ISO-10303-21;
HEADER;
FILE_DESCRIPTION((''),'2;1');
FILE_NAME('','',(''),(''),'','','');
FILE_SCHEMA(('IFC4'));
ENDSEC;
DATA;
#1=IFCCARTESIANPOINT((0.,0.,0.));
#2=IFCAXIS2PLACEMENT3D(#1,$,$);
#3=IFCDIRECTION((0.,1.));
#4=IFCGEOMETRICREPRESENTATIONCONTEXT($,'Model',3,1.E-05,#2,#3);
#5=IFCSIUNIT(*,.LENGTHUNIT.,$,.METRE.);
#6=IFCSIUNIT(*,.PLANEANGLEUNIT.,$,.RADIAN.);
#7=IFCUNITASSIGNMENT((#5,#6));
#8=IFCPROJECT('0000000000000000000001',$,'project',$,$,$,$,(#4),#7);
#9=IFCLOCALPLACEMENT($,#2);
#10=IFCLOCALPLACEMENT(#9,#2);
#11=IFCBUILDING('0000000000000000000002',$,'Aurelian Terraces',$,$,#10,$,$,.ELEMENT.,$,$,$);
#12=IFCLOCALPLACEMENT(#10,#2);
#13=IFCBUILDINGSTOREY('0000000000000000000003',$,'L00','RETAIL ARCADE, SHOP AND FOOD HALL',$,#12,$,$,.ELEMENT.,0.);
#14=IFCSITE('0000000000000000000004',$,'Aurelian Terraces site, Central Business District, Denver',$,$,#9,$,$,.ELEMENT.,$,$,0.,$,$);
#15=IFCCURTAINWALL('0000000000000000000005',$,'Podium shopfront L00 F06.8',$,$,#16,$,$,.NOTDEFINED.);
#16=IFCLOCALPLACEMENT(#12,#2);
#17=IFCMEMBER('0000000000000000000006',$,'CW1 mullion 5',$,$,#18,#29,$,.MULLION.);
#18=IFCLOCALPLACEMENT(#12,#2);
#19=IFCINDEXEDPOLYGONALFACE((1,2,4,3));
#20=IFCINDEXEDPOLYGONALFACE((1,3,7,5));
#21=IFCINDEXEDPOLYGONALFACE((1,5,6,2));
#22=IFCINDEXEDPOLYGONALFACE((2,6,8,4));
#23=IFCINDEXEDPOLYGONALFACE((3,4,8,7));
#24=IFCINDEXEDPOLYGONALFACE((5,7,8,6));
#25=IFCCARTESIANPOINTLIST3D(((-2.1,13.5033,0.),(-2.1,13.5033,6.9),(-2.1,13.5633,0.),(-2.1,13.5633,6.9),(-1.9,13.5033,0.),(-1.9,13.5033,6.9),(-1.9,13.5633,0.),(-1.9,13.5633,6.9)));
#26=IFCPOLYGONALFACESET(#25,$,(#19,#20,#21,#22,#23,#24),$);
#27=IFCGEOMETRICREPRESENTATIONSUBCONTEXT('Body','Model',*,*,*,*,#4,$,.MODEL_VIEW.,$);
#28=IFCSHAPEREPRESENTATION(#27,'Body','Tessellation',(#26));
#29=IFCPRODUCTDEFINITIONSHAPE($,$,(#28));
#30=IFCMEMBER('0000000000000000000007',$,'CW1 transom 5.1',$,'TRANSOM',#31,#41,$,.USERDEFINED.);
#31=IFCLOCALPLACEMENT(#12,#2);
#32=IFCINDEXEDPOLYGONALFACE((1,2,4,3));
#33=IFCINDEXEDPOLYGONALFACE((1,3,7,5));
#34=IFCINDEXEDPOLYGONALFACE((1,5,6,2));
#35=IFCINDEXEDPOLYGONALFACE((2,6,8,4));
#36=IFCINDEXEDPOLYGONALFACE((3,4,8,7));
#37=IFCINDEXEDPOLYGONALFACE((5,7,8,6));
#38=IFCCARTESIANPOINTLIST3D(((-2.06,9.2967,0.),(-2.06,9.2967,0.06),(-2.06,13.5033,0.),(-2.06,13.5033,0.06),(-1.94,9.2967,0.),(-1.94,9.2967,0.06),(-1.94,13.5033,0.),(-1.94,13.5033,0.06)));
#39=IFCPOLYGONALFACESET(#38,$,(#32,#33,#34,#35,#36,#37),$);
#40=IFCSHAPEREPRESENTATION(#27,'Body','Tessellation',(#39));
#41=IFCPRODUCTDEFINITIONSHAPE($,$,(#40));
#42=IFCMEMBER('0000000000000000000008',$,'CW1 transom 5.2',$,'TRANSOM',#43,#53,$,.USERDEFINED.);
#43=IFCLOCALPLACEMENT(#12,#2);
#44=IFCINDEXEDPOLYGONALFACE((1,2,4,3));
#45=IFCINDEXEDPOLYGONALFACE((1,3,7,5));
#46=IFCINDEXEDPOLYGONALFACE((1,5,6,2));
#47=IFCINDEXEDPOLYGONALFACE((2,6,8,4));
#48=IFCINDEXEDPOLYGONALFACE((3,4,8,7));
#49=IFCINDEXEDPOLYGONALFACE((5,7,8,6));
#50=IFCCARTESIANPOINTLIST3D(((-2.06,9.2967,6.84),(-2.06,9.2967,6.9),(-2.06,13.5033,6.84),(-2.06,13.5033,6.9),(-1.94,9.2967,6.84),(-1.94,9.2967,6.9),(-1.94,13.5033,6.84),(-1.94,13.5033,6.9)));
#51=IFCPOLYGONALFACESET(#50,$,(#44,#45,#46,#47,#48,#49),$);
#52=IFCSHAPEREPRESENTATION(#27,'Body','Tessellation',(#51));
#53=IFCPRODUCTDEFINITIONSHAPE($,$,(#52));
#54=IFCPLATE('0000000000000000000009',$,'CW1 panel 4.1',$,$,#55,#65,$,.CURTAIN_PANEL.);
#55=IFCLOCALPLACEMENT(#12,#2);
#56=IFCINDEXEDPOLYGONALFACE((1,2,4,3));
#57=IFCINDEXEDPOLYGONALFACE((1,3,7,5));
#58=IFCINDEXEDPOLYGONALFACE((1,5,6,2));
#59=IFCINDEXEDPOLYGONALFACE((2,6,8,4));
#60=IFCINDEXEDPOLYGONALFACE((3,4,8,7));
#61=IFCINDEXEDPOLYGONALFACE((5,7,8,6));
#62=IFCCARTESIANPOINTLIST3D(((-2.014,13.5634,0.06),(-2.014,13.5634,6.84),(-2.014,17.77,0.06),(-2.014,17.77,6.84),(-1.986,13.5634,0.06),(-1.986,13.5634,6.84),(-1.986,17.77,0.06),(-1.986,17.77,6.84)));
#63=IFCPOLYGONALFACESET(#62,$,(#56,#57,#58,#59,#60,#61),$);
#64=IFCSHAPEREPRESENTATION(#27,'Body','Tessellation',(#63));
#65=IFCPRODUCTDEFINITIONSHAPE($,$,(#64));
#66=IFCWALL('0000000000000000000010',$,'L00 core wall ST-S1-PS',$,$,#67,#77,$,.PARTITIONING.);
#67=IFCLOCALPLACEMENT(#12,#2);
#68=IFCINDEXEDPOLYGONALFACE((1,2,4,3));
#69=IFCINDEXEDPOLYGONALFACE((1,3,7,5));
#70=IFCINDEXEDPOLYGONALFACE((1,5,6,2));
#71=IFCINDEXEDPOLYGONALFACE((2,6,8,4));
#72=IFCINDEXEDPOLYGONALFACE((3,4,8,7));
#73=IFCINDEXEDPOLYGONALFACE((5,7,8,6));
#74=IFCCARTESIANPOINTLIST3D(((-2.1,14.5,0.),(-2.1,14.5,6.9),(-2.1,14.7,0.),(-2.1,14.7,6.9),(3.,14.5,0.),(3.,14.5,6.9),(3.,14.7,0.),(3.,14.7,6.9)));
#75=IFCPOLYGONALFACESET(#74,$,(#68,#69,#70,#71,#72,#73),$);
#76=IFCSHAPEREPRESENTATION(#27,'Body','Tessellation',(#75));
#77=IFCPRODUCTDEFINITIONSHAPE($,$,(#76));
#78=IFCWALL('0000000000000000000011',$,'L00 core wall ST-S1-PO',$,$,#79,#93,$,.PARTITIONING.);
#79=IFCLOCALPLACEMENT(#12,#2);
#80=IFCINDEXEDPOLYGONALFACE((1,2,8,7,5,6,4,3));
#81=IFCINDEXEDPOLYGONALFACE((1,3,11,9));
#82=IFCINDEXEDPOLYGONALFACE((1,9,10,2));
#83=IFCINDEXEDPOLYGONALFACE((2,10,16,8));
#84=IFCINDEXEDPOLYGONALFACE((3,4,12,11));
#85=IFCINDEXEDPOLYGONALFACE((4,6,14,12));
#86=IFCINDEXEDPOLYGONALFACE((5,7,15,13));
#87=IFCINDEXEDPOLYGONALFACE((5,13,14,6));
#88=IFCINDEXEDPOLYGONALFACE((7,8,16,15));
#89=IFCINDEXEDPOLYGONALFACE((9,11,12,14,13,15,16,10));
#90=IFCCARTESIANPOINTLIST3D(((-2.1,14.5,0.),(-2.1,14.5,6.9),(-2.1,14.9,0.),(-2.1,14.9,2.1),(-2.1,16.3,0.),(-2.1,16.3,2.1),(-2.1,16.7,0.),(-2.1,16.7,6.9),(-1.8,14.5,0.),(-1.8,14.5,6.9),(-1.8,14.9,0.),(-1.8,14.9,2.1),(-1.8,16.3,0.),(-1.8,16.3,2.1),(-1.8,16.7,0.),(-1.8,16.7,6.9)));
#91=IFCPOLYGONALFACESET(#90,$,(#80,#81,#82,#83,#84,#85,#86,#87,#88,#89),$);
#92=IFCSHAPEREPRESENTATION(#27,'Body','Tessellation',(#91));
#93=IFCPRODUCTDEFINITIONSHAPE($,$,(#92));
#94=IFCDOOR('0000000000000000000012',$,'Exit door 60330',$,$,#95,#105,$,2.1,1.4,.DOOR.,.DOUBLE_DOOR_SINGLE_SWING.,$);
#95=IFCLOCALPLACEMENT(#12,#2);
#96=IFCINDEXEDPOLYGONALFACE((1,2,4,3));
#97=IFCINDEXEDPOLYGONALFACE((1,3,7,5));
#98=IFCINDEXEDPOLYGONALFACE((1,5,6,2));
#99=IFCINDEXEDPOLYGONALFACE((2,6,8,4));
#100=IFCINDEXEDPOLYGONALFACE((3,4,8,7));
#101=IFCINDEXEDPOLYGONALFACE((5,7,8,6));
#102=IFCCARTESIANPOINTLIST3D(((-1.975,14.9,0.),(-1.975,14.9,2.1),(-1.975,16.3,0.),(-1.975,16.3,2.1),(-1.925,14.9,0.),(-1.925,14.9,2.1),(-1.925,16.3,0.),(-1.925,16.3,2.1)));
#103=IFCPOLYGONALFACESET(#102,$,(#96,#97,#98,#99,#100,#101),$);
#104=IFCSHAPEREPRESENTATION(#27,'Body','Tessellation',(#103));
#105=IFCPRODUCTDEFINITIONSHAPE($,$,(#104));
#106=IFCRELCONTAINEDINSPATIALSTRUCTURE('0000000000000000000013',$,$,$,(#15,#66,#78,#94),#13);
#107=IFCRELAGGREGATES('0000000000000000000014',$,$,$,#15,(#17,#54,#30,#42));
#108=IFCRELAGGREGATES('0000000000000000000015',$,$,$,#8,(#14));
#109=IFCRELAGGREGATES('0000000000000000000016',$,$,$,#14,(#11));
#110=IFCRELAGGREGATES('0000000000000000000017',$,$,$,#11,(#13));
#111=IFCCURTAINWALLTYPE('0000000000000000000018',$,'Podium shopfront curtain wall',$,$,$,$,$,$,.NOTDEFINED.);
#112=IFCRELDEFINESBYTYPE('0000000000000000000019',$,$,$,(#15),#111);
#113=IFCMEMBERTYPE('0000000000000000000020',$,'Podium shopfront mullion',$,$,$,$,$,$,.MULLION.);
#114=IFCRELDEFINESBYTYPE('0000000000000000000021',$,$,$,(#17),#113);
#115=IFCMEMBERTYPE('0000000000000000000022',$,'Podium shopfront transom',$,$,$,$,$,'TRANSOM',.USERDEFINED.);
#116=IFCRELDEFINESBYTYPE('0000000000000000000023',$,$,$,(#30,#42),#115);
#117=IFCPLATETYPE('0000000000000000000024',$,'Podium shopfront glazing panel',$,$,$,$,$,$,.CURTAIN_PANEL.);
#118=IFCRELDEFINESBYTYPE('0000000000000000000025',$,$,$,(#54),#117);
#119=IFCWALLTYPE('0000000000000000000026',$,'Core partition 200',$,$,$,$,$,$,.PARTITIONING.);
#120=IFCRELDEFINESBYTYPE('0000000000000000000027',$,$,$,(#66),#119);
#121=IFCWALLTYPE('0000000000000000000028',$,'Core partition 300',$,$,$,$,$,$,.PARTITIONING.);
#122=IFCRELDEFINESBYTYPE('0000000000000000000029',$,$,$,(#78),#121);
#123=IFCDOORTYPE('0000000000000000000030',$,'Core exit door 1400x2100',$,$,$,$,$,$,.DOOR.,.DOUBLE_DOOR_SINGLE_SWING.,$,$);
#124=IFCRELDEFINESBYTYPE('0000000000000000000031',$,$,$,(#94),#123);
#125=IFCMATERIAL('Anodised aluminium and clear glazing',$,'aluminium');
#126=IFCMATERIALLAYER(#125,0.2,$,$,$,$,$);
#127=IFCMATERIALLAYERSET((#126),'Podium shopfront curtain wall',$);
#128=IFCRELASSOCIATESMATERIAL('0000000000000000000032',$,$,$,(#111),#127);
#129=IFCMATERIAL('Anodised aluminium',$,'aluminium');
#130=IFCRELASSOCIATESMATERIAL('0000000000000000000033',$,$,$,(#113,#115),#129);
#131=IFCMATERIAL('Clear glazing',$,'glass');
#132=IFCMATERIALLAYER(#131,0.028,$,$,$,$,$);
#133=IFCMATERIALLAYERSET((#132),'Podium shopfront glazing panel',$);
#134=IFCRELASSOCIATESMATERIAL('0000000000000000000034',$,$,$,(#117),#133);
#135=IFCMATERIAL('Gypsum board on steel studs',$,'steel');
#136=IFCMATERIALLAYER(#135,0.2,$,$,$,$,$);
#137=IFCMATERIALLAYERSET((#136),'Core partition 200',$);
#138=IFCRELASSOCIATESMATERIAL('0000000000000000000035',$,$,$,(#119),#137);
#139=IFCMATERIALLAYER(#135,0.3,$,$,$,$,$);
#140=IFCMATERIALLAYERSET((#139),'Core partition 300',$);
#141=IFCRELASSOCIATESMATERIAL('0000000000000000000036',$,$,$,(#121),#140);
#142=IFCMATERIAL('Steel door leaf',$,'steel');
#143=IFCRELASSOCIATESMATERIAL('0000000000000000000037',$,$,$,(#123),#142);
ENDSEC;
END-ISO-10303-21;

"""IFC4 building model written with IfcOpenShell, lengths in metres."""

from ifc_helpers import new_model, si_unit, direction, frame, frame_2d, origin, origin_2d, place, context, subcontext, project, spatial, rectangle, extrude, source, transform, mapped, material, layer, layer_set, material_profile, profile_set, type_object, element, fill, aggregate, save


model = new_model("IFC4")

# Units and contexts
model_context = context("Model", 3, precision=1e-05, world=origin(), true_north=direction((0.0, 1.0)))
body_context = subcontext(model_context, "Body", "Model", "MODEL_VIEW")
ifc_project = project(units=[si_unit("LENGTHUNIT", "METRE"), si_unit("PLANEANGLEUNIT", "RADIAN")], contexts=[model_context])

# Site, building, storey
site_placement = place(None, origin())
site = spatial("IfcSite", under=ifc_project, at=site_placement, Name="Aurelian Terraces site, Central Business District, Denver", CompositionType="ELEMENT", RefElevation=0.0)
building_placement = place(site_placement, origin())
building = spatial("IfcBuilding", under=site, at=building_placement, Name="Aurelian Terraces", CompositionType="ELEMENT")
storey_placement = place(building_placement, origin())
storey = spatial("IfcBuildingStorey", under=building, at=storey_placement, Name="L00", Description="RETAIL ARCADE, SHOP AND FOOD HALL", CompositionType="ELEMENT", Elevation=0.0)

# Curtain wall, members, plate
ifc_material_1 = material(Name="Anodised aluminium and clear glazing", Category="aluminium")
ifc_layer_1 = layer(ifc_material_1, 0.2)
ifc_layer_set_1 = layer_set([ifc_layer_1], Name="Podium shopfront curtain wall")
curtain_wall_type = type_object("IfcCurtainWallType", Name="Podium shopfront curtain wall", PredefinedType="NOTDEFINED", material=ifc_layer_set_1)
curtain_wall_placement = place(storey_placement, origin())
curtain_wall = element("IfcCurtainWall", 1, at=curtain_wall_placement, inside=storey, type_object=curtain_wall_type, Name="Podium shopfront L00 F06.8", PredefinedType="NOTDEFINED")
ifc_material_2 = material(Name="Anodised aluminium", Category="aluminium")
ifc_material_profile_1 = material_profile(ifc_material_2, rectangle(XDim=0.2, YDim=0.06, at=origin_2d()))
ifc_profile_set_1 = profile_set([ifc_material_profile_1], Name="Anodised aluminium")
member_type_1 = type_object("IfcMemberType", Name="Podium shopfront mullion", PredefinedType="MULLION", material=ifc_profile_set_1)
shared_shape_1 = source(origin(), body_context, "Body", "SweptSolid", [
    extrude(rectangle(XDim=0.2, YDim=0.06, at=origin_2d()), origin(), (0.0, 0.0, 1.0), 6.9),
])
member_1_placement = place(storey_placement, frame((-2.0, 13.5333, 0.0), z_axis=(0.0, 0.0, 1.0), x_axis=(1.0, 0.0, 0.0)))
member_1 = element("IfcMember", 2, at=member_1_placement, type_object=member_type_1, Name="CW1 mullion 5", PredefinedType="MULLION", context=body_context, shape_type="MappedRepresentation", body=[
    mapped(shared_shape_1, transform((0.0, 0.0, 0.0), scale=1.0)),
])
ifc_material_profile_2 = material_profile(ifc_material_2, rectangle(XDim=0.12, YDim=0.06, at=origin_2d()))
ifc_profile_set_2 = profile_set([ifc_material_profile_2], Name="Anodised aluminium")
member_type_2 = type_object("IfcMemberType", Name="Podium shopfront transom", ElementType="TRANSOM", PredefinedType="USERDEFINED", material=ifc_profile_set_2)
shared_shape_2 = source(origin(), body_context, "Body", "SweptSolid", [
    extrude(rectangle(XDim=0.12, YDim=0.06, at=origin_2d()), origin(), (0.0, 0.0, 1.0), 4.2066),
])
member_2_placement = place(storey_placement, frame((-2.0, 13.5033, 0.03), z_axis=(0.0, -1.0, 0.0), x_axis=(1.0, 0.0, 0.0)))
member_2 = element("IfcMember", 3, at=member_2_placement, type_object=member_type_2, Name="CW1 transom 5.1", ObjectType="TRANSOM", PredefinedType="USERDEFINED", context=body_context, shape_type="MappedRepresentation", body=[
    mapped(shared_shape_2, transform((0.0, 0.0, 0.0), scale=1.0)),
])
member_3_placement = place(storey_placement, frame((-2.0, 13.5033, 6.87), z_axis=(0.0, -1.0, 0.0), x_axis=(1.0, 0.0, 0.0)))
member_3 = element("IfcMember", 4, at=member_3_placement, type_object=member_type_2, Name="CW1 transom 5.2", ObjectType="TRANSOM", PredefinedType="USERDEFINED", context=body_context, shape_type="MappedRepresentation", body=[
    mapped(shared_shape_2, transform((0.0, 0.0, 0.0), scale=1.0)),
])
ifc_material_3 = material(Name="Clear glazing", Category="glass")
ifc_layer_2 = layer(ifc_material_3, 0.028)
ifc_layer_set_2 = layer_set([ifc_layer_2], Name="Podium shopfront glazing panel")
plate_type = type_object("IfcPlateType", Name="Podium shopfront glazing panel", PredefinedType="CURTAIN_PANEL", material=ifc_layer_set_2)
shared_shape_3 = source(origin(), body_context, "Body", "SweptSolid", [
    extrude(rectangle(XDim=4.2067, YDim=0.028, at=origin_2d()), origin(), (0.0, 0.0, 1.0), 6.78),
])
plate_placement = place(storey_placement, frame((-2.0, 15.6667, 0.06), z_axis=(0.0, 0.0, 1.0), x_axis=(0.0, -1.0, 0.0)))
plate = element("IfcPlate", 5, at=plate_placement, type_object=plate_type, Name="CW1 panel 4.1", PredefinedType="CURTAIN_PANEL", context=body_context, shape_type="MappedRepresentation", body=[
    mapped(shared_shape_3, transform((0.0, 0.0, 0.0), scale=1.0)),
])
aggregate(curtain_wall, [member_1, plate, member_2, member_3])

# Wall
ifc_material_4 = material(Name="Gypsum board on steel studs", Category="steel")
ifc_layer_3 = layer(ifc_material_4, 0.2)
ifc_layer_set_3 = layer_set([ifc_layer_3], Name="Core partition 200")
wall_type_1 = type_object("IfcWallType", Name="Core partition 200", PredefinedType="PARTITIONING", material=ifc_layer_set_3)
wall_1_placement = place(storey_placement, frame((-2.1, 14.6, 0.0), z_axis=(0.0, 0.0, 1.0), x_axis=(1.0, 0.0, 0.0)))
element("IfcWall", 6, at=wall_1_placement, inside=storey, type_object=wall_type_1, Name="L00 core wall ST-S1-PS", PredefinedType="PARTITIONING", context=body_context, shape_type="SweptSolid", body=[
    extrude(rectangle(XDim=5.1, YDim=0.2, at=frame_2d((2.55, 0.0))), origin(), (0.0, 0.0, 1.0), 6.9),
])

# Wall, opening, door
ifc_layer_4 = layer(ifc_material_4, 0.3)
ifc_layer_set_4 = layer_set([ifc_layer_4], Name="Core partition 300")
wall_type_2 = type_object("IfcWallType", Name="Core partition 300", PredefinedType="PARTITIONING", material=ifc_layer_set_4)
wall_2_placement = place(storey_placement, frame((-1.95, 14.5, 0.0), z_axis=(0.0, 0.0, 1.0), x_axis=(0.0, 1.0, 0.0)))
wall_2 = element("IfcWall", 7, at=wall_2_placement, inside=storey, type_object=wall_type_2, Name="L00 core wall ST-S1-PO", PredefinedType="PARTITIONING", context=body_context, shape_type="SweptSolid", body=[
    extrude(rectangle(XDim=2.2, YDim=0.3, at=frame_2d((1.1, 0.0))), origin(), (0.0, 0.0, 1.0), 6.9),
])
shared_shape_4 = source(origin(), body_context, "Body", "SweptSolid", [
    extrude(rectangle(XDim=1.4, YDim=2.1, at=frame_2d((0.7, 1.05))), frame((0.0, 0.16, 0.0), z_axis=(0.0, -1.0, 0.0), x_axis=(1.0, 0.0, 0.0)), (0.0, 0.0, 1.0), 0.32),
])
opening_1_placement = place(wall_2_placement, frame((0.4, 0.0, 0.0)))
opening_1 = element("IfcOpeningElement", 8, at=opening_1_placement, cuts=wall_2, PredefinedType="OPENING", context=body_context, shape_type="MappedRepresentation", body=[
    mapped(shared_shape_4, transform((0.0, 0.0, 0.0), scale=1.0)),
])
ifc_material_5 = material(Name="Steel door leaf", Category="steel")
door_type_1 = type_object("IfcDoorType", Name="Core exit door 1400x2100", OperationType="DOUBLE_DOOR_SINGLE_SWING", PredefinedType="DOOR", material=ifc_material_5)
shared_shape_5 = source(origin(), body_context, "Body", "SweptSolid", [
    extrude(rectangle(XDim=1.4, YDim=2.1, at=frame_2d((0.7, 1.05))), frame((0.0, 0.025, 0.0), z_axis=(0.0, -1.0, 0.0), x_axis=(1.0, 0.0, 0.0)), (0.0, 0.0, 1.0), 0.05),
])
door_1_placement = place(opening_1_placement, origin())
door_1 = element("IfcDoor", 9, at=door_1_placement, inside=storey, type_object=door_type_1, Name="Exit door 60330", OperationType="DOUBLE_DOOR_SINGLE_SWING", OverallHeight=2.1, OverallWidth=1.4, PredefinedType="DOOR", context=body_context, shape_type="MappedRepresentation", body=[
    mapped(shared_shape_5, transform((0.0, 0.0, 0.0), scale=1.0)),
])
fill(opening_1, door_1)

save(model, "model.ifc")
